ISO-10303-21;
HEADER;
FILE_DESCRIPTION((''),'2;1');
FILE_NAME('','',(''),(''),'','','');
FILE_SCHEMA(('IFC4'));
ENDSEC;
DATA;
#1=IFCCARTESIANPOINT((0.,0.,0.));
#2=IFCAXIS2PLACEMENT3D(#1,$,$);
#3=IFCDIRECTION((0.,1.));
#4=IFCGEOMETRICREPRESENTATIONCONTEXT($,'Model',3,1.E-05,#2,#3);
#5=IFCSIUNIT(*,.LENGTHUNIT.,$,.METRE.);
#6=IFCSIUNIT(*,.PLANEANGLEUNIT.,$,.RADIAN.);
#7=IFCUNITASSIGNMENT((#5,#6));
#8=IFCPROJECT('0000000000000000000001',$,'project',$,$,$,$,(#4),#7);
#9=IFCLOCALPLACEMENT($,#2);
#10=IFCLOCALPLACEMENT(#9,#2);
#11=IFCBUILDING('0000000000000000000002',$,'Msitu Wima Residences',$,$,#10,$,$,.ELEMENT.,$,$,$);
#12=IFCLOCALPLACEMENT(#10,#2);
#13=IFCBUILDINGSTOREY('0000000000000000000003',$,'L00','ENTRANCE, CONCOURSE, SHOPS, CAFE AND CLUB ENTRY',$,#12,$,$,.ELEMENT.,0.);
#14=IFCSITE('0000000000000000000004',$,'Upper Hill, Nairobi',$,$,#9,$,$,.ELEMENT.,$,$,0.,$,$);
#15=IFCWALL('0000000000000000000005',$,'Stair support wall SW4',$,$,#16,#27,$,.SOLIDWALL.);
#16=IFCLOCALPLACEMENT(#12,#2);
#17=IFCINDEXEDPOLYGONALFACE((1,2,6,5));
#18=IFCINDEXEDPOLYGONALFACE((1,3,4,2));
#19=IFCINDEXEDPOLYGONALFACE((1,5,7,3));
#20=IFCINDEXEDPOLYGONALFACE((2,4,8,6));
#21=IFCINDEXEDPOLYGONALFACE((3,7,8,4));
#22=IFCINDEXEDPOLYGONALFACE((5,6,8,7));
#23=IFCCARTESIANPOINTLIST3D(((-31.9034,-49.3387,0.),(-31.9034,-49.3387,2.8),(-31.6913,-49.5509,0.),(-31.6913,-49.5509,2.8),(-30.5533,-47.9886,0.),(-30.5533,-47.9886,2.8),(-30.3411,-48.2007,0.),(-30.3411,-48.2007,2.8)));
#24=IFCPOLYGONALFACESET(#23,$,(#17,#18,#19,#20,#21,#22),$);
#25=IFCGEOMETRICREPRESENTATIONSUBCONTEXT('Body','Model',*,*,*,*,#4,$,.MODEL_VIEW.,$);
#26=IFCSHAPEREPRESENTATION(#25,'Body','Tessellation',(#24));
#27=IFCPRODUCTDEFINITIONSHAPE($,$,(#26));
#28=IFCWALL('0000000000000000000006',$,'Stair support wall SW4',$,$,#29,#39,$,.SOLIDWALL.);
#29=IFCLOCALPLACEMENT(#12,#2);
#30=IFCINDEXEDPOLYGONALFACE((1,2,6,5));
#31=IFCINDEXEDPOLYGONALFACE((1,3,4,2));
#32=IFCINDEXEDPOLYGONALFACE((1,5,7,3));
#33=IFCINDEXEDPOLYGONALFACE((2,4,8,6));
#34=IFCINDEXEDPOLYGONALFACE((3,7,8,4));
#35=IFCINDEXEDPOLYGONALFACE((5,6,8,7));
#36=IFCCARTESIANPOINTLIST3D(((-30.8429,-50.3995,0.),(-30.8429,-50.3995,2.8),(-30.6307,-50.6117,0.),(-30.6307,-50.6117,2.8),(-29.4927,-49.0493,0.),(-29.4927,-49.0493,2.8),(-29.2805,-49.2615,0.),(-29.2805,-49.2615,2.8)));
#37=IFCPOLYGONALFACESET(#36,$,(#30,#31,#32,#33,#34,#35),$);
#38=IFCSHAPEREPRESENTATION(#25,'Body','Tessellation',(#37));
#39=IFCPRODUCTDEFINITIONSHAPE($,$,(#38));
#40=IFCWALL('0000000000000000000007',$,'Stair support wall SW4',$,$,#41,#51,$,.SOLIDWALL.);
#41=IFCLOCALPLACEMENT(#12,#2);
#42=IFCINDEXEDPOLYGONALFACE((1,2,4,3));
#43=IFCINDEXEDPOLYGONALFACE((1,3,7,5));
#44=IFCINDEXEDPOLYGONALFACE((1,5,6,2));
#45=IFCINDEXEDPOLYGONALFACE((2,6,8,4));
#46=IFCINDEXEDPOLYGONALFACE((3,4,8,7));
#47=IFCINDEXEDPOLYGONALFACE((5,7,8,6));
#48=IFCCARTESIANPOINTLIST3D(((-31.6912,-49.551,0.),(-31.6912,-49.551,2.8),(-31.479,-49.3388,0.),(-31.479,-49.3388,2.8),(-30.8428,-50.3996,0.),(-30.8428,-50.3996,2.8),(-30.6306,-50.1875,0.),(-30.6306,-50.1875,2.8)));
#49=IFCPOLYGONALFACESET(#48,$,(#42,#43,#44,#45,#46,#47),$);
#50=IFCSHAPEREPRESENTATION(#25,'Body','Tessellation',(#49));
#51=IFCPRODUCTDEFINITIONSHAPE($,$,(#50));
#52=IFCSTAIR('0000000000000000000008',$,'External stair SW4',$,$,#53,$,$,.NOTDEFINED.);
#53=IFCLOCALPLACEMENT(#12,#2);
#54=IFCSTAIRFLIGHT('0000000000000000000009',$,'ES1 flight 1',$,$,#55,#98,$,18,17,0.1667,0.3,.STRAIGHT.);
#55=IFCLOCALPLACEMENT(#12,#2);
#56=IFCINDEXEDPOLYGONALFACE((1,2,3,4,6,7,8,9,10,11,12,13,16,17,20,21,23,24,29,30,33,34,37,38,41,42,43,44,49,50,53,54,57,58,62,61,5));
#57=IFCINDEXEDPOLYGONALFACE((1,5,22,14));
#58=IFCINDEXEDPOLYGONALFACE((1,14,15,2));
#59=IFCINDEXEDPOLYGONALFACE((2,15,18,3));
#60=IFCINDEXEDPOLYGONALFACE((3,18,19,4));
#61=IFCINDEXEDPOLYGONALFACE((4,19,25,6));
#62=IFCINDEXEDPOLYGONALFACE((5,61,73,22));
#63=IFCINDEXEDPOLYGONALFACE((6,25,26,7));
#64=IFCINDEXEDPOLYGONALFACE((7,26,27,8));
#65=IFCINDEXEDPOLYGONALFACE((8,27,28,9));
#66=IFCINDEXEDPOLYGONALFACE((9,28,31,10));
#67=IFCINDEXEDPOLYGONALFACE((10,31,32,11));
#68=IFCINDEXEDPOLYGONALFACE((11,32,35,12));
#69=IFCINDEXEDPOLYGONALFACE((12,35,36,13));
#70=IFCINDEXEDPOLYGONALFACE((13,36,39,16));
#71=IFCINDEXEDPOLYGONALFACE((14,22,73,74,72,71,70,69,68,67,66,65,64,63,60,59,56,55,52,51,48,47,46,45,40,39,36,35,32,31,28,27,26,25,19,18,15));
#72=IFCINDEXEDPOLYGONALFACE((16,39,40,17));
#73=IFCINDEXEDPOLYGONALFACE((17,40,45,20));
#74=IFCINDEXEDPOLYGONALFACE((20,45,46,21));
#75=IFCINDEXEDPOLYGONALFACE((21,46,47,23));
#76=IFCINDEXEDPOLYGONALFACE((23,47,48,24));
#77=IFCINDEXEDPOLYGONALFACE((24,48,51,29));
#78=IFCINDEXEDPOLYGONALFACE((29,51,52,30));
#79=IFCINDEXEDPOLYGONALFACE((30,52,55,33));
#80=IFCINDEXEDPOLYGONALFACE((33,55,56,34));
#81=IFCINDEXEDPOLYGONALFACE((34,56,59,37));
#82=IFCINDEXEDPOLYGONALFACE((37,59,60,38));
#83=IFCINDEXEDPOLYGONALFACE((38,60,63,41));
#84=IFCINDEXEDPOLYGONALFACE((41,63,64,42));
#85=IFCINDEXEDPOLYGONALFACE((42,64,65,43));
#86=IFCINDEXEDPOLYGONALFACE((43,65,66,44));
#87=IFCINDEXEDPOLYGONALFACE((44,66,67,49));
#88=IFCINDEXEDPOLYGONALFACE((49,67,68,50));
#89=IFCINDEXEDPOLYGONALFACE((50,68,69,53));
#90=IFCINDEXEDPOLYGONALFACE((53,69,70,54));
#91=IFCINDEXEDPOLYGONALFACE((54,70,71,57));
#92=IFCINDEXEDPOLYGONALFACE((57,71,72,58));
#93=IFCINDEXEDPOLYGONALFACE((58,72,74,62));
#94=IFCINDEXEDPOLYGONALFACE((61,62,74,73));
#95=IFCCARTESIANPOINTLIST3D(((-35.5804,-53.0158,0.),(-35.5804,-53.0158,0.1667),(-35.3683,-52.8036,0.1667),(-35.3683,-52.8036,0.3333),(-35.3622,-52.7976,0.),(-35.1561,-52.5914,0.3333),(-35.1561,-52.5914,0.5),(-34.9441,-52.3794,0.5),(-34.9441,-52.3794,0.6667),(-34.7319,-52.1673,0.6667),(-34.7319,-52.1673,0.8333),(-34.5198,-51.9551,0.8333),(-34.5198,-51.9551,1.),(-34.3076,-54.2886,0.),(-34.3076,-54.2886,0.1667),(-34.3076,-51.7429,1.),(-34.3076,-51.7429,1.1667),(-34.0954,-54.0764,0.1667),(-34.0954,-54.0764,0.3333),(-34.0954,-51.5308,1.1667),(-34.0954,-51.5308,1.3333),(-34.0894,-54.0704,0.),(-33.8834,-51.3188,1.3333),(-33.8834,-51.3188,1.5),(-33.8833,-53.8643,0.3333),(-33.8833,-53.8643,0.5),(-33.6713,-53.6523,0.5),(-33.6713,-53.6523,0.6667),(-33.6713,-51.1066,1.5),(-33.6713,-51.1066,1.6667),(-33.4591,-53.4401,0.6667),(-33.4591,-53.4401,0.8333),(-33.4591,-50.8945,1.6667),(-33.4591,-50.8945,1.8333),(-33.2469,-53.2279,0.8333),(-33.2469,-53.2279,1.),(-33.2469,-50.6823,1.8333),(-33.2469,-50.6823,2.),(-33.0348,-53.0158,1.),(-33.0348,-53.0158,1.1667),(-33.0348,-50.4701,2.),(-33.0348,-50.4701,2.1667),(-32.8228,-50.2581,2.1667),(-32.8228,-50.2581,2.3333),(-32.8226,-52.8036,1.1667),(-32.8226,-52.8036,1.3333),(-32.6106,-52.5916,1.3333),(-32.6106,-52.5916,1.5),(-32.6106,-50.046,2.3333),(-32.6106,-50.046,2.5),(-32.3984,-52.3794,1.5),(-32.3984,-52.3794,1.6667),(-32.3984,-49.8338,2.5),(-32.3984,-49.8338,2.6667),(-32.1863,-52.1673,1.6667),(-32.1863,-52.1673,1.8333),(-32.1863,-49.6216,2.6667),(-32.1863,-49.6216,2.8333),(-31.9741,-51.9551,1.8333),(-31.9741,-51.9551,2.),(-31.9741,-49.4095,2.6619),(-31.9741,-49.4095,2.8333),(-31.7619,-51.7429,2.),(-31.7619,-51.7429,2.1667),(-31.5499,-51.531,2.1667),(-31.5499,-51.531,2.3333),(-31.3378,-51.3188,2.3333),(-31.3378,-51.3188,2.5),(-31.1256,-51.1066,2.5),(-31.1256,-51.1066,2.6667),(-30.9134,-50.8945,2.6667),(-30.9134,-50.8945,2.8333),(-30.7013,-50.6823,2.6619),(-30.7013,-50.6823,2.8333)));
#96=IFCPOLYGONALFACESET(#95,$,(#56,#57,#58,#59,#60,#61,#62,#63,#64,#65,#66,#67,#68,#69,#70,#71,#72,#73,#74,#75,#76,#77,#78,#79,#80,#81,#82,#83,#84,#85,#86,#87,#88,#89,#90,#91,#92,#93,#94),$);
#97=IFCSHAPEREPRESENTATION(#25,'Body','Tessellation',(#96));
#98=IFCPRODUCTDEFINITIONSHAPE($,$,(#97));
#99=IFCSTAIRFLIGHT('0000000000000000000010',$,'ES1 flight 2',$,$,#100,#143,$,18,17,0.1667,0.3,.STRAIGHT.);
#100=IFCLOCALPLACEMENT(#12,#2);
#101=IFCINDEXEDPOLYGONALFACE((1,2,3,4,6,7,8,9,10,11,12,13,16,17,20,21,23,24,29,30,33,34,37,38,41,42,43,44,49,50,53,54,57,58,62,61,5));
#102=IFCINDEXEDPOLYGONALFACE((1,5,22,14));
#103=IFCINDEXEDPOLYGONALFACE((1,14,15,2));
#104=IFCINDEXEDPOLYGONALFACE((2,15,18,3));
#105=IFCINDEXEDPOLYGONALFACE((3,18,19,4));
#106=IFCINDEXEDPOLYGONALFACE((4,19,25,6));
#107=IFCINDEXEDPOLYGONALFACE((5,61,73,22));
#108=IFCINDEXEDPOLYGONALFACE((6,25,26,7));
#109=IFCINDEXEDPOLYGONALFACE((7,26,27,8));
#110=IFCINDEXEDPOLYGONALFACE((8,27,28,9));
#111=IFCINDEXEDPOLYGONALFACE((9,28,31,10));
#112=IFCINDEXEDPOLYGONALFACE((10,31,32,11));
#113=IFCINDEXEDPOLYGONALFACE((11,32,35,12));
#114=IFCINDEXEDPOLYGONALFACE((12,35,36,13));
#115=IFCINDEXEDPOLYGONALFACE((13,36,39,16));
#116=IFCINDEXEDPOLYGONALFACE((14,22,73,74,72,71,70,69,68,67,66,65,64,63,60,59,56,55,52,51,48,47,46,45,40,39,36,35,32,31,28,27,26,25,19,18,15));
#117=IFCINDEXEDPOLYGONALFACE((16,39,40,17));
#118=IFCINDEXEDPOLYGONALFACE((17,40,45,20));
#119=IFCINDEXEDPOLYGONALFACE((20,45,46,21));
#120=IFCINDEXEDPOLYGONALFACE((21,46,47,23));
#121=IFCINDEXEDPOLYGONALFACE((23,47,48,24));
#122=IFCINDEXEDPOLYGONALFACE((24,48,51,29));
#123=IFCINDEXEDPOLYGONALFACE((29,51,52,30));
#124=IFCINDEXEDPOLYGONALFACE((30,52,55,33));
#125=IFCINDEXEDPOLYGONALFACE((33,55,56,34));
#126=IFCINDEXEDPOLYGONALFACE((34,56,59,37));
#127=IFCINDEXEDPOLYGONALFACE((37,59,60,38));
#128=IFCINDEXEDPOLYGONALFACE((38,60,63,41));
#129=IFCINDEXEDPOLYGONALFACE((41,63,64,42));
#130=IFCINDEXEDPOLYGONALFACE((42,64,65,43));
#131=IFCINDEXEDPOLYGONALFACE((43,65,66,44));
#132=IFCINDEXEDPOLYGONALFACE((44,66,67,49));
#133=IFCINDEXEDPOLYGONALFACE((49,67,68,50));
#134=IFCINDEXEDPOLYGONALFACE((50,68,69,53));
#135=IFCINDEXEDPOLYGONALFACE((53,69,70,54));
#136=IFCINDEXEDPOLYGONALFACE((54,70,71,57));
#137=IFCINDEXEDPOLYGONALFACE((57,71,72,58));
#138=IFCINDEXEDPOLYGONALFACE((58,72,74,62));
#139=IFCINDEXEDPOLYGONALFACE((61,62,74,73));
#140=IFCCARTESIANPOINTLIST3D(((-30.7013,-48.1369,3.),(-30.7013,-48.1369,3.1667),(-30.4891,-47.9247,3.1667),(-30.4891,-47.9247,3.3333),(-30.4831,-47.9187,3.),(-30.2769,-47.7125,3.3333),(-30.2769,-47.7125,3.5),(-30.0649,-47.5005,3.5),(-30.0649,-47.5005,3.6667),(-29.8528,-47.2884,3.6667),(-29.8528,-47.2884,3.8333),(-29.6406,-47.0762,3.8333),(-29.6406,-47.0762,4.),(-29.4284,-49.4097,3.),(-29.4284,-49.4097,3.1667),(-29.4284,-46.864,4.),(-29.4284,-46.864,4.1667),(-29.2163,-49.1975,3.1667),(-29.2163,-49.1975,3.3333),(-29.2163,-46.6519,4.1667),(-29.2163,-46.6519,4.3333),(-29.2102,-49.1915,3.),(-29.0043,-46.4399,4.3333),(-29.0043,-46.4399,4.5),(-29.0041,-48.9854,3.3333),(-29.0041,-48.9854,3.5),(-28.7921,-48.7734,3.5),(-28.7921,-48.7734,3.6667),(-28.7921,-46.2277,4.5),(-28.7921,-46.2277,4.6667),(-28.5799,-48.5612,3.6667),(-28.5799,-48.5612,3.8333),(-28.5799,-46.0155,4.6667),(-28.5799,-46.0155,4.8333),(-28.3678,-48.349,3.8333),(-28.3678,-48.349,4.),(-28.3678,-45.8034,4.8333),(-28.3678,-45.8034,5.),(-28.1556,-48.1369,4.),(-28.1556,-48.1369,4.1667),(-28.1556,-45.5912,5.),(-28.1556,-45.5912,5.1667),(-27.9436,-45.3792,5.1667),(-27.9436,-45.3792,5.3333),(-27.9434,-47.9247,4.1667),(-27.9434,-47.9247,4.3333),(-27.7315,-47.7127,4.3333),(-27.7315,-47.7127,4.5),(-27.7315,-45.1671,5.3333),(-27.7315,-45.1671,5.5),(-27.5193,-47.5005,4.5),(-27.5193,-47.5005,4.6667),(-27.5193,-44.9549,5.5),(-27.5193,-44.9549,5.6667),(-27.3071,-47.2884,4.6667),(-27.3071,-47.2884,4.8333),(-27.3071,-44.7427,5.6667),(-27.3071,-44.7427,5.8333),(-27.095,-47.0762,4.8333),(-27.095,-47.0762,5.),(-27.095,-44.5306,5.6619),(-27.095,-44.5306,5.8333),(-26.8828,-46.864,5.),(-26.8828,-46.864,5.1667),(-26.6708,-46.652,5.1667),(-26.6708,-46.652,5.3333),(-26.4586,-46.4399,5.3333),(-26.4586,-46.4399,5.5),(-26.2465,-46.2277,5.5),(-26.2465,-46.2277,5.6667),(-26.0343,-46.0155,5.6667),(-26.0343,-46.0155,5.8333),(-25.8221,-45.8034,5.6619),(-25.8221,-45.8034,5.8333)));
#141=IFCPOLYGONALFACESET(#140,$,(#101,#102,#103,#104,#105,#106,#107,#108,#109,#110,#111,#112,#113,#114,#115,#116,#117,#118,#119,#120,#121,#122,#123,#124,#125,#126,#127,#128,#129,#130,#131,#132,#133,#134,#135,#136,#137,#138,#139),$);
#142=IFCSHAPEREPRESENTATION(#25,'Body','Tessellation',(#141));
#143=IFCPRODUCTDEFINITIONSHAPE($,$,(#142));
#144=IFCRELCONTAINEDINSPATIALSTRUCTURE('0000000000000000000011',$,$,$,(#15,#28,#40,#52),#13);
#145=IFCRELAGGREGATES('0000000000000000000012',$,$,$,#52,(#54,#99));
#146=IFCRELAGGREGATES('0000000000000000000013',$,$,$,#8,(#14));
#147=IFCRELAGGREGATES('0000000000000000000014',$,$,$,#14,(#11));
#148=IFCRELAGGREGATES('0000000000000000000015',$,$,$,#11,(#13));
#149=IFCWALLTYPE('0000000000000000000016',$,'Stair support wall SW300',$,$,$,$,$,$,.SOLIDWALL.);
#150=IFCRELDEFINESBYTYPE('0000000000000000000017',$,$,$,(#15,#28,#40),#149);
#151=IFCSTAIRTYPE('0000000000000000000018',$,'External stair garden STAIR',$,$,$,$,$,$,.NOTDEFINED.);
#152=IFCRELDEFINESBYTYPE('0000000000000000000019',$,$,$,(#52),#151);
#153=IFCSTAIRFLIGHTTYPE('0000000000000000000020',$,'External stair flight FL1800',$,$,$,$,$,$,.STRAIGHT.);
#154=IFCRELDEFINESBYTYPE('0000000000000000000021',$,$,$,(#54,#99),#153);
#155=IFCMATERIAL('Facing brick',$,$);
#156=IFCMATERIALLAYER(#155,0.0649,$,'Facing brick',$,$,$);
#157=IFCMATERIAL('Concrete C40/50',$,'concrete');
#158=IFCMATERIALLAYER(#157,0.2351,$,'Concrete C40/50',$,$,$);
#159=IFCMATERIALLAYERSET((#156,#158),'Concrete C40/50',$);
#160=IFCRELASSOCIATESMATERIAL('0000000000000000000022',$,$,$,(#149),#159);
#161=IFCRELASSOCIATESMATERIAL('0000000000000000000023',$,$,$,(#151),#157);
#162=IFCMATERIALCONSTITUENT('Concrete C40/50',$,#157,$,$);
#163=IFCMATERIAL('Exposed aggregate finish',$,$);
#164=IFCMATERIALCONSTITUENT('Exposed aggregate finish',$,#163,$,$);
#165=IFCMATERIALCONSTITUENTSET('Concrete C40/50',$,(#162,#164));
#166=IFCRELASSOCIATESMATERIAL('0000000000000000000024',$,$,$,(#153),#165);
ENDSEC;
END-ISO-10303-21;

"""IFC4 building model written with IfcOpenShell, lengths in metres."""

from ifc_helpers import new_model, si_unit, direction, frame, frame_2d, origin, place, context, subcontext, project, spatial, polyline, rectangle, outline, extrude, material, layer, layer_set, constituent, constituent_set, type_object, element, aggregate, save


model = new_model("IFC4")

# Units and contexts
model_context = context("Model", 3, precision=1e-05, world=origin(), true_north=direction((0.0, 1.0)))
body_context = subcontext(model_context, "Body", "Model", "MODEL_VIEW")
ifc_project = project(units=[si_unit("LENGTHUNIT", "METRE"), si_unit("PLANEANGLEUNIT", "RADIAN")], contexts=[model_context])

# Site, building, storey
site_placement = place(None, origin())
site = spatial("IfcSite", under=ifc_project, at=site_placement, Name="Upper Hill, Nairobi", CompositionType="ELEMENT", RefElevation=0.0)
building_placement = place(site_placement, origin())
building = spatial("IfcBuilding", under=site, at=building_placement, Name="Msitu Wima Residences", CompositionType="ELEMENT")
storey_placement = place(building_placement, origin())
storey = spatial("IfcBuildingStorey", under=building, at=storey_placement, Name="L00", Description="ENTRANCE, CONCOURSE, SHOPS, CAFE AND CLUB ENTRY", CompositionType="ELEMENT", Elevation=0.0)

# Walls
ifc_material_1 = material(Name="Facing brick")
ifc_layer_1 = layer(ifc_material_1, 0.0649, Name="Facing brick")
ifc_material_2 = material(Name="Concrete C40/50", Category="concrete")
ifc_layer_2 = layer(ifc_material_2, 0.2351, Name="Concrete C40/50")
ifc_layer_set_1 = layer_set([ifc_layer_1, ifc_layer_2], Name="Concrete C40/50")
wall_type_1 = type_object("IfcWallType", Name="Stair support wall SW300", PredefinedType="SOLIDWALL", material=ifc_layer_set_1)
for number, where, z_axis, x_axis, name in (
    (1, (-30.4473, -48.0947, 0.0), (0.0, 0.0, 1.0), (-0.707107, -0.707107, 0.0), "Stair support wall SW4"),
    (2, (-29.3867, -49.1555, 0.0), (0.0, 0.0, 1.0), (-0.707107, -0.707107, 0.0), "Stair support wall SW4"),
):
    element("IfcWall", number, at=place(storey_placement, frame(where, z_axis=z_axis, x_axis=x_axis)), inside=storey, type_object=wall_type_1, Name=name, PredefinedType="SOLIDWALL", context=body_context, shape_type="SweptSolid", body=[
        extrude(rectangle(XDim=1.9094, YDim=0.3, at=frame_2d((0.9546, 0.0))), origin(), (0.0, 0.0, 1.0), 2.8),
    ])
wall_1_placement = place(storey_placement, frame((-31.5852, -49.4448, 0.0), z_axis=(0.0, 0.0, 1.0), x_axis=(0.707005, -0.707209, 0.0)))
element("IfcWall", 3, at=wall_1_placement, inside=storey, type_object=wall_type_1, Name="Stair support wall SW4", PredefinedType="SOLIDWALL", context=body_context, shape_type="SweptSolid", body=[
    extrude(rectangle(XDim=1.2, YDim=0.3, at=frame_2d((0.6001, 0.0))), origin(), (0.0, 0.0, 1.0), 2.8),
])

# Stair, stair flights
stair_type = type_object("IfcStairType", Name="External stair garden STAIR", PredefinedType="NOTDEFINED", material=ifc_material_2)
stair_placement = place(storey_placement, origin())
stair = element("IfcStair", 4, at=stair_placement, inside=storey, type_object=stair_type, Name="External stair SW4", PredefinedType="NOTDEFINED")
ifc_constituent_1 = constituent(ifc_material_2, Name="Concrete C40/50")
ifc_material_3 = material(Name="Exposed aggregate finish")
ifc_constituent_2 = constituent(ifc_material_3, Name="Exposed aggregate finish")
ifc_constituent_set = constituent_set(constituents=[ifc_constituent_1, ifc_constituent_2], Name="Concrete C40/50")
stair_flight_type = type_object("IfcStairFlightType", Name="External stair flight FL1800", PredefinedType="STRAIGHT", material=ifc_constituent_set)
stair_flight_1_placement = place(storey_placement, frame((-34.9441, -53.6521, 0.0), z_axis=(0.0, 0.0, 1.0), x_axis=(0.707107, 0.707107, 0.0)))
stair_flight_1 = element("IfcStairFlight", 5, at=stair_flight_1_placement, type_object=stair_flight_type, Name="ES1 flight 1", NumberOfRisers=18, NumberOfTreads=17, PredefinedType="STRAIGHT", RiserHeight=0.1667, TreadLength=0.3, context=body_context, shape_type="SweptSolid", body=[
    extrude(outline(polyline([(0.0, 0.0), (0.0, 0.1667), (0.3, 0.1667), (0.3, 0.3333), (0.6001, 0.3333), (0.6001, 0.5), (0.8999, 0.5), (0.8999, 0.6667), (1.2, 0.6667), (1.2, 0.8333), (1.5, 0.8333), (1.5, 1.0), (1.8, 1.0), (1.8, 1.1667), (2.1001, 1.1667), (2.1001, 1.3333), (2.3999, 1.3333), (2.3999, 1.5), (2.7, 1.5), (2.7, 1.6667), (3.0, 1.6667), (3.0, 1.8333), (3.3, 1.8333), (3.3, 2.0), (3.6001, 2.0), (3.6001, 2.1667), (3.8999, 2.1667), (3.8999, 2.3333), (4.2, 2.3333), (4.2, 2.5), (4.5, 2.5), (4.5, 2.6667), (4.8, 2.6667), (4.8, 2.8333), (5.1001, 2.8333), (5.1001, 3.0), (5.1001, 2.6619), (0.3086, 0.0), (0.0, 0.0)])), frame((0.0, 0.8999, 0.0), z_axis=(0.0, -1.0, 0.0), x_axis=(1.0, 0.0, 0.0)), (0.0, 0.0, 1.0), 1.8),
])
stair_flight_2_placement = place(storey_placement, frame((-30.0649, -48.7732, 3.0), z_axis=(0.0, 0.0, 1.0), x_axis=(0.707107, 0.707107, 0.0)))
stair_flight_2 = element("IfcStairFlight", 6, at=stair_flight_2_placement, type_object=stair_flight_type, Name="ES1 flight 2", NumberOfRisers=18, NumberOfTreads=17, PredefinedType="STRAIGHT", RiserHeight=0.1667, TreadLength=0.3, context=body_context, shape_type="SweptSolid", body=[
    extrude(outline(polyline([(0.0, 0.0), (0.0, 0.1667), (0.3, 0.1667), (0.3, 0.3333), (0.6001, 0.3333), (0.6001, 0.5), (0.8999, 0.5), (0.8999, 0.6667), (1.2, 0.6667), (1.2, 0.8333), (1.5, 0.8333), (1.5, 1.0), (1.8, 1.0), (1.8, 1.1667), (2.1001, 1.1667), (2.1001, 1.3333), (2.3999, 1.3333), (2.3999, 1.5), (2.7, 1.5), (2.7, 1.6667), (3.0, 1.6667), (3.0, 1.8333), (3.3, 1.8333), (3.3, 2.0), (3.6001, 2.0), (3.6001, 2.1667), (3.8999, 2.1667), (3.8999, 2.3333), (4.2, 2.3333), (4.2, 2.5), (4.5, 2.5), (4.5, 2.6667), (4.8, 2.6667), (4.8, 2.8333), (5.1001, 2.8333), (5.1001, 3.0), (5.1001, 2.6619), (0.3086, 0.0), (0.0, 0.0)])), frame((0.0, 0.8999, 0.0), z_axis=(0.0, -1.0, 0.0), x_axis=(1.0, 0.0, 0.0)), (0.0, 0.0, 1.0), 1.8),
])
aggregate(stair, [stair_flight_1, stair_flight_2])

save(model, "model.ifc")
